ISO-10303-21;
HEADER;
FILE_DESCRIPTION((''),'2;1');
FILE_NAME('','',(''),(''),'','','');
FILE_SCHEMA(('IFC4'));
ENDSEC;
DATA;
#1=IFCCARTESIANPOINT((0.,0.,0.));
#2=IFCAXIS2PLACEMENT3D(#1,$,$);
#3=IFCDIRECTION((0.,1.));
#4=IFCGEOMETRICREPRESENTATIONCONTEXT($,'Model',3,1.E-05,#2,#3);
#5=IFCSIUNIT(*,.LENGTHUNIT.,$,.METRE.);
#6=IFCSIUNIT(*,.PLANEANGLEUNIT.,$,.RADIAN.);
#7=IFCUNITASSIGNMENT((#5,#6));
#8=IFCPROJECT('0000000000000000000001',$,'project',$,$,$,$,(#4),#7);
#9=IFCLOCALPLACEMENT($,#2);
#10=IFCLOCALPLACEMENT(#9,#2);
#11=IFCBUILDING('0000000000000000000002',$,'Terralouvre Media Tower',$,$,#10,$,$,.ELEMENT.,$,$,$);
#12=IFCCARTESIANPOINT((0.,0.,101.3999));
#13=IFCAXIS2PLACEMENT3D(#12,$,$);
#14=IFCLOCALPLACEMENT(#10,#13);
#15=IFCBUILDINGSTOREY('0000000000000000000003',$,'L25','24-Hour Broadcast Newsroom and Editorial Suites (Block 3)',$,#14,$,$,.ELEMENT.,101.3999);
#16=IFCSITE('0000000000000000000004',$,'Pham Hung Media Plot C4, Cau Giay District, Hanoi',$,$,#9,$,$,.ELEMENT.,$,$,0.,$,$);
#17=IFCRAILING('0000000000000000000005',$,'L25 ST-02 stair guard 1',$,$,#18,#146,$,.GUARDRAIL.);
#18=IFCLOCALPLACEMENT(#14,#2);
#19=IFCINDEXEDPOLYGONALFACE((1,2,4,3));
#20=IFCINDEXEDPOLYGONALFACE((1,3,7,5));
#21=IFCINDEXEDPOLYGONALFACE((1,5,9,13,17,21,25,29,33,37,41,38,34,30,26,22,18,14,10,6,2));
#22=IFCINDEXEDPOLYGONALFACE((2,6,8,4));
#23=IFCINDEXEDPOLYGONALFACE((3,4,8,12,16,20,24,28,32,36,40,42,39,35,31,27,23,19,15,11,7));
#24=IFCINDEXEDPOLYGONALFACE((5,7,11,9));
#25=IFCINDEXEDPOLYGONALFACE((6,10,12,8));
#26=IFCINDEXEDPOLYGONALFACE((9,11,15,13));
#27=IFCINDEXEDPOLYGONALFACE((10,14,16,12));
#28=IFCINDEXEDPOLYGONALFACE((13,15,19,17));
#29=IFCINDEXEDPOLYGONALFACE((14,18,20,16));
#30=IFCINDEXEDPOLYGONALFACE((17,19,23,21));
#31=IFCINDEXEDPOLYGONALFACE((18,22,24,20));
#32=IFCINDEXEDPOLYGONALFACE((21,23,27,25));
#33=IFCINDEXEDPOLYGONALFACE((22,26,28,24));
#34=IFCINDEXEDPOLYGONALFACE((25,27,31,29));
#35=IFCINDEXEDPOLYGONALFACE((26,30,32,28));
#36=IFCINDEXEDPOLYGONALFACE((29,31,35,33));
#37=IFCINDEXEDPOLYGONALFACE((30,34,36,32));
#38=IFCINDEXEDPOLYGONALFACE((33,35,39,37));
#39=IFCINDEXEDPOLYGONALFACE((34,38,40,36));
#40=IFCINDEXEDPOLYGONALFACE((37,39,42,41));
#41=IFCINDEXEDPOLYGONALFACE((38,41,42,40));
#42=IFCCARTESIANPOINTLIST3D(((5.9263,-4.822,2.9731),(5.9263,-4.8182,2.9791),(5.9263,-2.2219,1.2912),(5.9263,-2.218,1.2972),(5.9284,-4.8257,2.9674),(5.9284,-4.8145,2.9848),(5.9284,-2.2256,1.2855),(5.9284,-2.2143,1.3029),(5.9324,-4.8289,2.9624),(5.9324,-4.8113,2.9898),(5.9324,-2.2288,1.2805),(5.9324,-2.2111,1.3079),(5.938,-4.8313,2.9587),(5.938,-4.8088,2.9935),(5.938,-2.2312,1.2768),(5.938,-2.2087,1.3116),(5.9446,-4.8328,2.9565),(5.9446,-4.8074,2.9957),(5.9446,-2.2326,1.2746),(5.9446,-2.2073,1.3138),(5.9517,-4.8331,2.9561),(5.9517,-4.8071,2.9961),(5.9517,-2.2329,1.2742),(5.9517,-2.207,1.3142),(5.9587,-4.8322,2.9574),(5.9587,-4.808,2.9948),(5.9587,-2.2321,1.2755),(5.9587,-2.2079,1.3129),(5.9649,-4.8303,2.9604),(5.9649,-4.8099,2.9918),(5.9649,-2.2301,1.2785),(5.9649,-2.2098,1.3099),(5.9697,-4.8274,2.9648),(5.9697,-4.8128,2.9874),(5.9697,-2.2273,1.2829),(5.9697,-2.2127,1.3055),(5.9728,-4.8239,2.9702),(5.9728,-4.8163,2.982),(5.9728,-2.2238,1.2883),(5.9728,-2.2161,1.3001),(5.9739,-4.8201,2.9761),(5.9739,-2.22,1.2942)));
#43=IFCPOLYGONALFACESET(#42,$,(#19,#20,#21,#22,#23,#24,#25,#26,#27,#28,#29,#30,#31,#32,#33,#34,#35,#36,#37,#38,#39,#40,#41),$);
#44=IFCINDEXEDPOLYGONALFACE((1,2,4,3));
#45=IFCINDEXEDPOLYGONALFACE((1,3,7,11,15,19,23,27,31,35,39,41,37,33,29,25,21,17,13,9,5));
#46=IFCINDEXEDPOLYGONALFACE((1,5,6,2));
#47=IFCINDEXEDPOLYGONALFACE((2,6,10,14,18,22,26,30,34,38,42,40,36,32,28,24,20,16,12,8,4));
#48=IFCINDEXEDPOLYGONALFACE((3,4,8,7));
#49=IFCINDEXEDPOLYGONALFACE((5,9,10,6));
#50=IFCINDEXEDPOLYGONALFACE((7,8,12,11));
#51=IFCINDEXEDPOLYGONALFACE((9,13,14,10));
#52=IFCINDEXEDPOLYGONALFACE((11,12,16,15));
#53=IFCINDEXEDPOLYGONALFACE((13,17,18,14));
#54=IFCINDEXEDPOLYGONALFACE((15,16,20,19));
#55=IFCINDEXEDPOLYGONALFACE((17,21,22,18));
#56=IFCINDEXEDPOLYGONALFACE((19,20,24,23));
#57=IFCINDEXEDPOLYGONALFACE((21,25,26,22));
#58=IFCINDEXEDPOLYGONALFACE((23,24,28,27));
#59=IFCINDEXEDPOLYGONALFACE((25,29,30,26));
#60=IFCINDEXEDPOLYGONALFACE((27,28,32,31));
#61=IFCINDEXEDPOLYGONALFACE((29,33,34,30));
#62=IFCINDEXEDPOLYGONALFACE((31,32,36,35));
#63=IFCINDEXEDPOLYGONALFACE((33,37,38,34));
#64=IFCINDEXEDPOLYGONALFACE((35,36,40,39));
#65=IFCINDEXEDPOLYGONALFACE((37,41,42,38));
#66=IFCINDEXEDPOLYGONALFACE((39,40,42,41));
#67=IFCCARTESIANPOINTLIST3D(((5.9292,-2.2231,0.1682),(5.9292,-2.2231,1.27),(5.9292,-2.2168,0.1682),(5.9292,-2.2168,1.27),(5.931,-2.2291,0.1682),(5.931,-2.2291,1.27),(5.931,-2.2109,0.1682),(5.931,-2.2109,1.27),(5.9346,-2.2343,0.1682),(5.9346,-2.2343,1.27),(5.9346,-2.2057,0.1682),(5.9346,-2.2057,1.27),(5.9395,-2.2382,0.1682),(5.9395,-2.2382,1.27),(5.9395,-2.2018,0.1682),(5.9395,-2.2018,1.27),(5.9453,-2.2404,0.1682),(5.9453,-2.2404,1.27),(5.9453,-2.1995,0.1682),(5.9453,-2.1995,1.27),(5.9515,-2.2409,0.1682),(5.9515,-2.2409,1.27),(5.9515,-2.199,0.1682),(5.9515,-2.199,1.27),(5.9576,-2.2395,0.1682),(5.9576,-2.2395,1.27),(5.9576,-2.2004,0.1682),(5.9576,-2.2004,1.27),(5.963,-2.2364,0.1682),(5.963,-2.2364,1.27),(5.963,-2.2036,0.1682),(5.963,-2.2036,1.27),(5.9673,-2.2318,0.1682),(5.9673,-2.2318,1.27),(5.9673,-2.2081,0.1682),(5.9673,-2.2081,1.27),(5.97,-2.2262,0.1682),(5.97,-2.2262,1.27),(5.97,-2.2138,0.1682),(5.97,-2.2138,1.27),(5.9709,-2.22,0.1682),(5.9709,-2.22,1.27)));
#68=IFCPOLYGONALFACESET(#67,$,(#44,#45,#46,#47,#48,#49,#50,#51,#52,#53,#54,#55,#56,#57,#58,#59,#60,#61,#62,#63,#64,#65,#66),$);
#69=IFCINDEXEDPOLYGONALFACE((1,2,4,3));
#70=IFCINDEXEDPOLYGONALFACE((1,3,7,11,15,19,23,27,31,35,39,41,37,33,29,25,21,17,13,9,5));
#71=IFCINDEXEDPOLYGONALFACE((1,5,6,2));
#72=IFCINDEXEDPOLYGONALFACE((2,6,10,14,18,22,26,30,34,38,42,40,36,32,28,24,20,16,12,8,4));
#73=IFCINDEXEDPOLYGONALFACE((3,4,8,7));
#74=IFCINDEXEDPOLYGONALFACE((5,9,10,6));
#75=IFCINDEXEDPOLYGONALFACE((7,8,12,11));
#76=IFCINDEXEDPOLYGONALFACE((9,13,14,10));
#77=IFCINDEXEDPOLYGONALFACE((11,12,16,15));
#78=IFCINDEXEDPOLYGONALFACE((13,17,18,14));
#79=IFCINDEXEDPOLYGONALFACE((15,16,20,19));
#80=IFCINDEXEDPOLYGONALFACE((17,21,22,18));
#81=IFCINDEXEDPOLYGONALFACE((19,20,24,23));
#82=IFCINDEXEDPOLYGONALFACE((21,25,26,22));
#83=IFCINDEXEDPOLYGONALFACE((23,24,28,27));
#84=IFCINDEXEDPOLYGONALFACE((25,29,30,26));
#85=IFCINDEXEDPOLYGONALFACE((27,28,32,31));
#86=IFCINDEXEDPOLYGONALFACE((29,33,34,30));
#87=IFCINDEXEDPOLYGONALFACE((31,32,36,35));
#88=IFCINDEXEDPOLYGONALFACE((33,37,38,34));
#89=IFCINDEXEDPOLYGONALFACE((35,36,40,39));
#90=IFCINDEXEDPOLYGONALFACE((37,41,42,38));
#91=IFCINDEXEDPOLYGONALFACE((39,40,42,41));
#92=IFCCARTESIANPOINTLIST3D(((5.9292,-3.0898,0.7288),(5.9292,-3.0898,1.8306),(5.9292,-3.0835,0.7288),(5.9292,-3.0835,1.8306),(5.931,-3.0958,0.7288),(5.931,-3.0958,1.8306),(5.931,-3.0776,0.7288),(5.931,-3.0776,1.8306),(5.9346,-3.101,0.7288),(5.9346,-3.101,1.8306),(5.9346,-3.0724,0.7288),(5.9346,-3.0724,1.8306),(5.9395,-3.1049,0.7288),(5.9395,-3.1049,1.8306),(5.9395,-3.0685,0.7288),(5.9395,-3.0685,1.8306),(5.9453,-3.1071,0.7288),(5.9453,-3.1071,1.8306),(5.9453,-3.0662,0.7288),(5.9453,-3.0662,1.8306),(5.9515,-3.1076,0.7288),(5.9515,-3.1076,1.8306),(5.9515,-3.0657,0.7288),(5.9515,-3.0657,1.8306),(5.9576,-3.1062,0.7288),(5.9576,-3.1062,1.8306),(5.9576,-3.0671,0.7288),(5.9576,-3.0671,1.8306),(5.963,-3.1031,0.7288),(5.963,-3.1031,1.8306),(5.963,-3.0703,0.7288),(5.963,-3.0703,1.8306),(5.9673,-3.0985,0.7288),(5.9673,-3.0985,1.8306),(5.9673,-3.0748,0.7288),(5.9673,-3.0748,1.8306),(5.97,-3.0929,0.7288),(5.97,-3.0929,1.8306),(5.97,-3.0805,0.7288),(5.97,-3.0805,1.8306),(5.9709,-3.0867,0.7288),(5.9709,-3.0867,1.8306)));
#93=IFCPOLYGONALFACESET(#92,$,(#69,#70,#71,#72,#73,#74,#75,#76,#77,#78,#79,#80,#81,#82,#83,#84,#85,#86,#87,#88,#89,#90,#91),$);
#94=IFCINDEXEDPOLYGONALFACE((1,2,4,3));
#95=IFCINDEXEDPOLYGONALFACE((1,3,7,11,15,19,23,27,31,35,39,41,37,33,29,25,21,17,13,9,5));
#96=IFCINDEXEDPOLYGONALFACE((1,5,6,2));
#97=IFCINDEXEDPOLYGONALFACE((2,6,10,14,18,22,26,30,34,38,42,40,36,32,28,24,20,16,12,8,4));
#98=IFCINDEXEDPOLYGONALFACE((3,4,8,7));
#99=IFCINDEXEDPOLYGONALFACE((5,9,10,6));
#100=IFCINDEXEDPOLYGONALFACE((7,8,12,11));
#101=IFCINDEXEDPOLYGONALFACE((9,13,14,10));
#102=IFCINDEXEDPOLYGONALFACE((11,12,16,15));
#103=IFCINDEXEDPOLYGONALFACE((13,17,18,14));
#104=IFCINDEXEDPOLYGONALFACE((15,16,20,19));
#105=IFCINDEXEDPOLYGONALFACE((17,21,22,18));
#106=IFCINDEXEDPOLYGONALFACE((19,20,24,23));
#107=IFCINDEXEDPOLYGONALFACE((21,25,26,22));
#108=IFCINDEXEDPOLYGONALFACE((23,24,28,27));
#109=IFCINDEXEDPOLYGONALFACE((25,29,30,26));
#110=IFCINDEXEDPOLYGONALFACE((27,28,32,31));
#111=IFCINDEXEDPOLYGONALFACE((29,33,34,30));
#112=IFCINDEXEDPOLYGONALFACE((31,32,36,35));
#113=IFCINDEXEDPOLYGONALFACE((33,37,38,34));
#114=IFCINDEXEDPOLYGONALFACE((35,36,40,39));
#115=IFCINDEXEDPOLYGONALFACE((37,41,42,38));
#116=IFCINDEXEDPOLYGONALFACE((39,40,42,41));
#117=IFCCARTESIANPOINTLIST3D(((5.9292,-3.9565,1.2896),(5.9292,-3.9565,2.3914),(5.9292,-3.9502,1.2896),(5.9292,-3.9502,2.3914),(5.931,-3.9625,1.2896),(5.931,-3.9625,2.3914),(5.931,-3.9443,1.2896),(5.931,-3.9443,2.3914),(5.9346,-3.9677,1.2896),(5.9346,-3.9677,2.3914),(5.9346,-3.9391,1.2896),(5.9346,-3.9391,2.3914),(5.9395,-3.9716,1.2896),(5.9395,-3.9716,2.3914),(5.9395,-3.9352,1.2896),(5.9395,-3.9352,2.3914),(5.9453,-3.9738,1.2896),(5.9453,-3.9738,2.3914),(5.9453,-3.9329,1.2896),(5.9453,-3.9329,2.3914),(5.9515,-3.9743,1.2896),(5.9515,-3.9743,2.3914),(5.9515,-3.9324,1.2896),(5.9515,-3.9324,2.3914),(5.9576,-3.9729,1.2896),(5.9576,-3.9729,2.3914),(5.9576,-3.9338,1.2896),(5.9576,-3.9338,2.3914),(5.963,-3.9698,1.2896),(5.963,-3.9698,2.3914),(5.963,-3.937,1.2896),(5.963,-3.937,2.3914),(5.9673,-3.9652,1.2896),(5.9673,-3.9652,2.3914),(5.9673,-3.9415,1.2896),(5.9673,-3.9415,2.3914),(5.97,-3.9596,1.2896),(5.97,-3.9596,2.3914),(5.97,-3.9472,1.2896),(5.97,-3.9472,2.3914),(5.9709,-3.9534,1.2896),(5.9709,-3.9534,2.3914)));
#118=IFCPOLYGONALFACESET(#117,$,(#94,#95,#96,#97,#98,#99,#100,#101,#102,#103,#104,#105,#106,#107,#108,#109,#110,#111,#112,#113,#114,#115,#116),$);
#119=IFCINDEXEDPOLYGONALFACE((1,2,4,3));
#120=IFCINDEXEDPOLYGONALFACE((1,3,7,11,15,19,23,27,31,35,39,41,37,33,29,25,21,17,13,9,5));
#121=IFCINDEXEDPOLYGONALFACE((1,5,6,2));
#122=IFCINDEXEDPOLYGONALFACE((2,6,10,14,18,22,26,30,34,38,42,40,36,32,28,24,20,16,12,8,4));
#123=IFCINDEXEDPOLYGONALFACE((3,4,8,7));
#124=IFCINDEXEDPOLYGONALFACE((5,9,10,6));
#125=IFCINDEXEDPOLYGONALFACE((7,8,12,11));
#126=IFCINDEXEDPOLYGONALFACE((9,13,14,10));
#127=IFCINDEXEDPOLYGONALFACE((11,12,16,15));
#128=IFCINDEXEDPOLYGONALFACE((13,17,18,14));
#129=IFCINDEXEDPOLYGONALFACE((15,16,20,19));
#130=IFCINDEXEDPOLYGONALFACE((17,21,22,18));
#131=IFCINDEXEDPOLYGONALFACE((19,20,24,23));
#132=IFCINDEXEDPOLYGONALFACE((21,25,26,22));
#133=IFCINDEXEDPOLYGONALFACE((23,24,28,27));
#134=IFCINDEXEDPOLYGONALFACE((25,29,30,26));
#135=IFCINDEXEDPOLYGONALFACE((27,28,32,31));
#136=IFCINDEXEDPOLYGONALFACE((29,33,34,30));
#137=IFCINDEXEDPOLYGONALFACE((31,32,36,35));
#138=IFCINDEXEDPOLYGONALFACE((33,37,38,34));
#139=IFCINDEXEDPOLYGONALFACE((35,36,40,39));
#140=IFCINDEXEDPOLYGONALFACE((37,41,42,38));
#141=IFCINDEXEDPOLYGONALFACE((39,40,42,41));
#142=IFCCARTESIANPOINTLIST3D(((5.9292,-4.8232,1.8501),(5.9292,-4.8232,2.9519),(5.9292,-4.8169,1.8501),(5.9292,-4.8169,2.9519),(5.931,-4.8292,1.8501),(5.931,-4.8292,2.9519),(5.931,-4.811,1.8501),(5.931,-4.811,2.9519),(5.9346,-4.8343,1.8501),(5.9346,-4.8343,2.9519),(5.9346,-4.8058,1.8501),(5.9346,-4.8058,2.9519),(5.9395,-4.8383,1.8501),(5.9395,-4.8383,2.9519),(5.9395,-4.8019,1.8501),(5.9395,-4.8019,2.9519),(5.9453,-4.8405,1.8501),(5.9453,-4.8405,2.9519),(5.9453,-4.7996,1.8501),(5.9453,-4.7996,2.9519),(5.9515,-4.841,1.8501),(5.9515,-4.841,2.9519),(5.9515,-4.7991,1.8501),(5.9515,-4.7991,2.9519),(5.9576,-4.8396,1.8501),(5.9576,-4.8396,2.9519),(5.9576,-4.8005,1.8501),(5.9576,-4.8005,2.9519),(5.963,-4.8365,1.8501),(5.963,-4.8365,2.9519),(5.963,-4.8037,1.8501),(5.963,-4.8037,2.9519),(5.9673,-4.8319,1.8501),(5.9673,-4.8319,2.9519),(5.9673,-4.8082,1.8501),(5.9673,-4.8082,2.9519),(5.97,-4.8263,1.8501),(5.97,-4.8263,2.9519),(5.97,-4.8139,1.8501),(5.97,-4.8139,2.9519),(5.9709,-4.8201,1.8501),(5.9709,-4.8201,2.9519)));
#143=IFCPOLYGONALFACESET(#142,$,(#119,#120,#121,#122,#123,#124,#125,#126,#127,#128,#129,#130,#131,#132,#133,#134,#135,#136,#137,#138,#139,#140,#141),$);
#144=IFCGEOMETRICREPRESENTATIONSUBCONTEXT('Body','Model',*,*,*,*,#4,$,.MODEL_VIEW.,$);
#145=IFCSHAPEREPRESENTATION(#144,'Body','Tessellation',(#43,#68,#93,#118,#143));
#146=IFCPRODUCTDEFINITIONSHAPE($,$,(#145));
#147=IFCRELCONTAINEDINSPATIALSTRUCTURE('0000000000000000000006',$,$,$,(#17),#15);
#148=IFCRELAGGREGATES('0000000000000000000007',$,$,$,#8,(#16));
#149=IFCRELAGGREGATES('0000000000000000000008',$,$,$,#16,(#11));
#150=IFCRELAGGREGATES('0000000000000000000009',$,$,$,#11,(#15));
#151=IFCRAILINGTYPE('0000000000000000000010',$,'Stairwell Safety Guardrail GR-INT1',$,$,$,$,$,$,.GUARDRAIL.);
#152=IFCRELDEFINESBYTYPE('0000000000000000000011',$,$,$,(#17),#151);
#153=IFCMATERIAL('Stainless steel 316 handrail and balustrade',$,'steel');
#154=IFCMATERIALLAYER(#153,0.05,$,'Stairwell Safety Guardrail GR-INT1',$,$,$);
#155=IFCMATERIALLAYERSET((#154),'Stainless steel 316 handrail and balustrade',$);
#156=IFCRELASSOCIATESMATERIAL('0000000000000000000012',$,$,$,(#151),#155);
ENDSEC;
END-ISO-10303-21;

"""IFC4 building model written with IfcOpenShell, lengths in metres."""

from ifc_helpers import new_model, si_unit, direction, frame, origin, origin_2d, place, context, subcontext, project, spatial, circle, extrude, material, layer, layer_set, type_object, element, save


model = new_model("IFC4")

# Units and contexts
model_context = context("Model", 3, precision=1e-05, world=origin(), true_north=direction((0.0, 1.0)))
body_context = subcontext(model_context, "Body", "Model", "MODEL_VIEW")
ifc_project = project(units=[si_unit("LENGTHUNIT", "METRE"), si_unit("PLANEANGLEUNIT", "RADIAN")], contexts=[model_context])

# Site, building, storey
site_placement = place(None, origin())
site = spatial("IfcSite", under=ifc_project, at=site_placement, Name="Pham Hung Media Plot C4, Cau Giay District, Hanoi", CompositionType="ELEMENT", RefElevation=0.0)
building_placement = place(site_placement, origin())
building = spatial("IfcBuilding", under=site, at=building_placement, Name="Terralouvre Media Tower", CompositionType="ELEMENT")
storey_placement = place(building_placement, frame((0.0, 0.0, 101.3999)))
storey = spatial("IfcBuildingStorey", under=building, at=storey_placement, Name="L25", Description="24-Hour Broadcast Newsroom and Editorial Suites (Block 3)", CompositionType="ELEMENT", Elevation=101.3999)

# Railing
ifc_material_1 = material(Name="Stainless steel 316 handrail and balustrade", Category="steel")
ifc_layer_1 = layer(ifc_material_1, 0.05, Name="Stairwell Safety Guardrail GR-INT1")
ifc_layer_set_1 = layer_set([ifc_layer_1], Name="Stainless steel 316 handrail and balustrade")
railing_type_1 = type_object("IfcRailingType", Name="Stairwell Safety Guardrail GR-INT1", PredefinedType="GUARDRAIL", material=ifc_layer_set_1)
railing_1_placement = place(storey_placement, frame((5.95, -2.22, 0.1682)))
element("IfcRailing", 1, at=railing_1_placement, inside=storey, type_object=railing_type_1, Name="L25 ST-02 stair guard 1", PredefinedType="GUARDRAIL", context=body_context, shape_type="SweptSolid", body=[
    extrude(circle(Radius=0.0239, at=origin_2d()), frame((0.0, 0.0, 1.126), z_axis=(0.0, -0.839648, 0.54313), x_axis=(1.0, 0.0, 0.0)), (0.0, 0.0, 1.0), 3.0967),
    extrude(circle(Radius=0.021, at=origin_2d()), origin(), (0.0, 0.0, 1.0), 1.1018),
    extrude(circle(Radius=0.021, at=origin_2d()), frame((0.0, -0.8667, 0.5605)), (0.0, 0.0, 1.0), 1.1018),
    extrude(circle(Radius=0.021, at=origin_2d()), frame((0.0, -1.7334, 1.1213)), (0.0, 0.0, 1.0), 1.1018),
    extrude(circle(Radius=0.021, at=origin_2d()), frame((0.0, -2.6001, 1.6819)), (0.0, 0.0, 1.0), 1.1018),
])

save(model, "model.ifc")
